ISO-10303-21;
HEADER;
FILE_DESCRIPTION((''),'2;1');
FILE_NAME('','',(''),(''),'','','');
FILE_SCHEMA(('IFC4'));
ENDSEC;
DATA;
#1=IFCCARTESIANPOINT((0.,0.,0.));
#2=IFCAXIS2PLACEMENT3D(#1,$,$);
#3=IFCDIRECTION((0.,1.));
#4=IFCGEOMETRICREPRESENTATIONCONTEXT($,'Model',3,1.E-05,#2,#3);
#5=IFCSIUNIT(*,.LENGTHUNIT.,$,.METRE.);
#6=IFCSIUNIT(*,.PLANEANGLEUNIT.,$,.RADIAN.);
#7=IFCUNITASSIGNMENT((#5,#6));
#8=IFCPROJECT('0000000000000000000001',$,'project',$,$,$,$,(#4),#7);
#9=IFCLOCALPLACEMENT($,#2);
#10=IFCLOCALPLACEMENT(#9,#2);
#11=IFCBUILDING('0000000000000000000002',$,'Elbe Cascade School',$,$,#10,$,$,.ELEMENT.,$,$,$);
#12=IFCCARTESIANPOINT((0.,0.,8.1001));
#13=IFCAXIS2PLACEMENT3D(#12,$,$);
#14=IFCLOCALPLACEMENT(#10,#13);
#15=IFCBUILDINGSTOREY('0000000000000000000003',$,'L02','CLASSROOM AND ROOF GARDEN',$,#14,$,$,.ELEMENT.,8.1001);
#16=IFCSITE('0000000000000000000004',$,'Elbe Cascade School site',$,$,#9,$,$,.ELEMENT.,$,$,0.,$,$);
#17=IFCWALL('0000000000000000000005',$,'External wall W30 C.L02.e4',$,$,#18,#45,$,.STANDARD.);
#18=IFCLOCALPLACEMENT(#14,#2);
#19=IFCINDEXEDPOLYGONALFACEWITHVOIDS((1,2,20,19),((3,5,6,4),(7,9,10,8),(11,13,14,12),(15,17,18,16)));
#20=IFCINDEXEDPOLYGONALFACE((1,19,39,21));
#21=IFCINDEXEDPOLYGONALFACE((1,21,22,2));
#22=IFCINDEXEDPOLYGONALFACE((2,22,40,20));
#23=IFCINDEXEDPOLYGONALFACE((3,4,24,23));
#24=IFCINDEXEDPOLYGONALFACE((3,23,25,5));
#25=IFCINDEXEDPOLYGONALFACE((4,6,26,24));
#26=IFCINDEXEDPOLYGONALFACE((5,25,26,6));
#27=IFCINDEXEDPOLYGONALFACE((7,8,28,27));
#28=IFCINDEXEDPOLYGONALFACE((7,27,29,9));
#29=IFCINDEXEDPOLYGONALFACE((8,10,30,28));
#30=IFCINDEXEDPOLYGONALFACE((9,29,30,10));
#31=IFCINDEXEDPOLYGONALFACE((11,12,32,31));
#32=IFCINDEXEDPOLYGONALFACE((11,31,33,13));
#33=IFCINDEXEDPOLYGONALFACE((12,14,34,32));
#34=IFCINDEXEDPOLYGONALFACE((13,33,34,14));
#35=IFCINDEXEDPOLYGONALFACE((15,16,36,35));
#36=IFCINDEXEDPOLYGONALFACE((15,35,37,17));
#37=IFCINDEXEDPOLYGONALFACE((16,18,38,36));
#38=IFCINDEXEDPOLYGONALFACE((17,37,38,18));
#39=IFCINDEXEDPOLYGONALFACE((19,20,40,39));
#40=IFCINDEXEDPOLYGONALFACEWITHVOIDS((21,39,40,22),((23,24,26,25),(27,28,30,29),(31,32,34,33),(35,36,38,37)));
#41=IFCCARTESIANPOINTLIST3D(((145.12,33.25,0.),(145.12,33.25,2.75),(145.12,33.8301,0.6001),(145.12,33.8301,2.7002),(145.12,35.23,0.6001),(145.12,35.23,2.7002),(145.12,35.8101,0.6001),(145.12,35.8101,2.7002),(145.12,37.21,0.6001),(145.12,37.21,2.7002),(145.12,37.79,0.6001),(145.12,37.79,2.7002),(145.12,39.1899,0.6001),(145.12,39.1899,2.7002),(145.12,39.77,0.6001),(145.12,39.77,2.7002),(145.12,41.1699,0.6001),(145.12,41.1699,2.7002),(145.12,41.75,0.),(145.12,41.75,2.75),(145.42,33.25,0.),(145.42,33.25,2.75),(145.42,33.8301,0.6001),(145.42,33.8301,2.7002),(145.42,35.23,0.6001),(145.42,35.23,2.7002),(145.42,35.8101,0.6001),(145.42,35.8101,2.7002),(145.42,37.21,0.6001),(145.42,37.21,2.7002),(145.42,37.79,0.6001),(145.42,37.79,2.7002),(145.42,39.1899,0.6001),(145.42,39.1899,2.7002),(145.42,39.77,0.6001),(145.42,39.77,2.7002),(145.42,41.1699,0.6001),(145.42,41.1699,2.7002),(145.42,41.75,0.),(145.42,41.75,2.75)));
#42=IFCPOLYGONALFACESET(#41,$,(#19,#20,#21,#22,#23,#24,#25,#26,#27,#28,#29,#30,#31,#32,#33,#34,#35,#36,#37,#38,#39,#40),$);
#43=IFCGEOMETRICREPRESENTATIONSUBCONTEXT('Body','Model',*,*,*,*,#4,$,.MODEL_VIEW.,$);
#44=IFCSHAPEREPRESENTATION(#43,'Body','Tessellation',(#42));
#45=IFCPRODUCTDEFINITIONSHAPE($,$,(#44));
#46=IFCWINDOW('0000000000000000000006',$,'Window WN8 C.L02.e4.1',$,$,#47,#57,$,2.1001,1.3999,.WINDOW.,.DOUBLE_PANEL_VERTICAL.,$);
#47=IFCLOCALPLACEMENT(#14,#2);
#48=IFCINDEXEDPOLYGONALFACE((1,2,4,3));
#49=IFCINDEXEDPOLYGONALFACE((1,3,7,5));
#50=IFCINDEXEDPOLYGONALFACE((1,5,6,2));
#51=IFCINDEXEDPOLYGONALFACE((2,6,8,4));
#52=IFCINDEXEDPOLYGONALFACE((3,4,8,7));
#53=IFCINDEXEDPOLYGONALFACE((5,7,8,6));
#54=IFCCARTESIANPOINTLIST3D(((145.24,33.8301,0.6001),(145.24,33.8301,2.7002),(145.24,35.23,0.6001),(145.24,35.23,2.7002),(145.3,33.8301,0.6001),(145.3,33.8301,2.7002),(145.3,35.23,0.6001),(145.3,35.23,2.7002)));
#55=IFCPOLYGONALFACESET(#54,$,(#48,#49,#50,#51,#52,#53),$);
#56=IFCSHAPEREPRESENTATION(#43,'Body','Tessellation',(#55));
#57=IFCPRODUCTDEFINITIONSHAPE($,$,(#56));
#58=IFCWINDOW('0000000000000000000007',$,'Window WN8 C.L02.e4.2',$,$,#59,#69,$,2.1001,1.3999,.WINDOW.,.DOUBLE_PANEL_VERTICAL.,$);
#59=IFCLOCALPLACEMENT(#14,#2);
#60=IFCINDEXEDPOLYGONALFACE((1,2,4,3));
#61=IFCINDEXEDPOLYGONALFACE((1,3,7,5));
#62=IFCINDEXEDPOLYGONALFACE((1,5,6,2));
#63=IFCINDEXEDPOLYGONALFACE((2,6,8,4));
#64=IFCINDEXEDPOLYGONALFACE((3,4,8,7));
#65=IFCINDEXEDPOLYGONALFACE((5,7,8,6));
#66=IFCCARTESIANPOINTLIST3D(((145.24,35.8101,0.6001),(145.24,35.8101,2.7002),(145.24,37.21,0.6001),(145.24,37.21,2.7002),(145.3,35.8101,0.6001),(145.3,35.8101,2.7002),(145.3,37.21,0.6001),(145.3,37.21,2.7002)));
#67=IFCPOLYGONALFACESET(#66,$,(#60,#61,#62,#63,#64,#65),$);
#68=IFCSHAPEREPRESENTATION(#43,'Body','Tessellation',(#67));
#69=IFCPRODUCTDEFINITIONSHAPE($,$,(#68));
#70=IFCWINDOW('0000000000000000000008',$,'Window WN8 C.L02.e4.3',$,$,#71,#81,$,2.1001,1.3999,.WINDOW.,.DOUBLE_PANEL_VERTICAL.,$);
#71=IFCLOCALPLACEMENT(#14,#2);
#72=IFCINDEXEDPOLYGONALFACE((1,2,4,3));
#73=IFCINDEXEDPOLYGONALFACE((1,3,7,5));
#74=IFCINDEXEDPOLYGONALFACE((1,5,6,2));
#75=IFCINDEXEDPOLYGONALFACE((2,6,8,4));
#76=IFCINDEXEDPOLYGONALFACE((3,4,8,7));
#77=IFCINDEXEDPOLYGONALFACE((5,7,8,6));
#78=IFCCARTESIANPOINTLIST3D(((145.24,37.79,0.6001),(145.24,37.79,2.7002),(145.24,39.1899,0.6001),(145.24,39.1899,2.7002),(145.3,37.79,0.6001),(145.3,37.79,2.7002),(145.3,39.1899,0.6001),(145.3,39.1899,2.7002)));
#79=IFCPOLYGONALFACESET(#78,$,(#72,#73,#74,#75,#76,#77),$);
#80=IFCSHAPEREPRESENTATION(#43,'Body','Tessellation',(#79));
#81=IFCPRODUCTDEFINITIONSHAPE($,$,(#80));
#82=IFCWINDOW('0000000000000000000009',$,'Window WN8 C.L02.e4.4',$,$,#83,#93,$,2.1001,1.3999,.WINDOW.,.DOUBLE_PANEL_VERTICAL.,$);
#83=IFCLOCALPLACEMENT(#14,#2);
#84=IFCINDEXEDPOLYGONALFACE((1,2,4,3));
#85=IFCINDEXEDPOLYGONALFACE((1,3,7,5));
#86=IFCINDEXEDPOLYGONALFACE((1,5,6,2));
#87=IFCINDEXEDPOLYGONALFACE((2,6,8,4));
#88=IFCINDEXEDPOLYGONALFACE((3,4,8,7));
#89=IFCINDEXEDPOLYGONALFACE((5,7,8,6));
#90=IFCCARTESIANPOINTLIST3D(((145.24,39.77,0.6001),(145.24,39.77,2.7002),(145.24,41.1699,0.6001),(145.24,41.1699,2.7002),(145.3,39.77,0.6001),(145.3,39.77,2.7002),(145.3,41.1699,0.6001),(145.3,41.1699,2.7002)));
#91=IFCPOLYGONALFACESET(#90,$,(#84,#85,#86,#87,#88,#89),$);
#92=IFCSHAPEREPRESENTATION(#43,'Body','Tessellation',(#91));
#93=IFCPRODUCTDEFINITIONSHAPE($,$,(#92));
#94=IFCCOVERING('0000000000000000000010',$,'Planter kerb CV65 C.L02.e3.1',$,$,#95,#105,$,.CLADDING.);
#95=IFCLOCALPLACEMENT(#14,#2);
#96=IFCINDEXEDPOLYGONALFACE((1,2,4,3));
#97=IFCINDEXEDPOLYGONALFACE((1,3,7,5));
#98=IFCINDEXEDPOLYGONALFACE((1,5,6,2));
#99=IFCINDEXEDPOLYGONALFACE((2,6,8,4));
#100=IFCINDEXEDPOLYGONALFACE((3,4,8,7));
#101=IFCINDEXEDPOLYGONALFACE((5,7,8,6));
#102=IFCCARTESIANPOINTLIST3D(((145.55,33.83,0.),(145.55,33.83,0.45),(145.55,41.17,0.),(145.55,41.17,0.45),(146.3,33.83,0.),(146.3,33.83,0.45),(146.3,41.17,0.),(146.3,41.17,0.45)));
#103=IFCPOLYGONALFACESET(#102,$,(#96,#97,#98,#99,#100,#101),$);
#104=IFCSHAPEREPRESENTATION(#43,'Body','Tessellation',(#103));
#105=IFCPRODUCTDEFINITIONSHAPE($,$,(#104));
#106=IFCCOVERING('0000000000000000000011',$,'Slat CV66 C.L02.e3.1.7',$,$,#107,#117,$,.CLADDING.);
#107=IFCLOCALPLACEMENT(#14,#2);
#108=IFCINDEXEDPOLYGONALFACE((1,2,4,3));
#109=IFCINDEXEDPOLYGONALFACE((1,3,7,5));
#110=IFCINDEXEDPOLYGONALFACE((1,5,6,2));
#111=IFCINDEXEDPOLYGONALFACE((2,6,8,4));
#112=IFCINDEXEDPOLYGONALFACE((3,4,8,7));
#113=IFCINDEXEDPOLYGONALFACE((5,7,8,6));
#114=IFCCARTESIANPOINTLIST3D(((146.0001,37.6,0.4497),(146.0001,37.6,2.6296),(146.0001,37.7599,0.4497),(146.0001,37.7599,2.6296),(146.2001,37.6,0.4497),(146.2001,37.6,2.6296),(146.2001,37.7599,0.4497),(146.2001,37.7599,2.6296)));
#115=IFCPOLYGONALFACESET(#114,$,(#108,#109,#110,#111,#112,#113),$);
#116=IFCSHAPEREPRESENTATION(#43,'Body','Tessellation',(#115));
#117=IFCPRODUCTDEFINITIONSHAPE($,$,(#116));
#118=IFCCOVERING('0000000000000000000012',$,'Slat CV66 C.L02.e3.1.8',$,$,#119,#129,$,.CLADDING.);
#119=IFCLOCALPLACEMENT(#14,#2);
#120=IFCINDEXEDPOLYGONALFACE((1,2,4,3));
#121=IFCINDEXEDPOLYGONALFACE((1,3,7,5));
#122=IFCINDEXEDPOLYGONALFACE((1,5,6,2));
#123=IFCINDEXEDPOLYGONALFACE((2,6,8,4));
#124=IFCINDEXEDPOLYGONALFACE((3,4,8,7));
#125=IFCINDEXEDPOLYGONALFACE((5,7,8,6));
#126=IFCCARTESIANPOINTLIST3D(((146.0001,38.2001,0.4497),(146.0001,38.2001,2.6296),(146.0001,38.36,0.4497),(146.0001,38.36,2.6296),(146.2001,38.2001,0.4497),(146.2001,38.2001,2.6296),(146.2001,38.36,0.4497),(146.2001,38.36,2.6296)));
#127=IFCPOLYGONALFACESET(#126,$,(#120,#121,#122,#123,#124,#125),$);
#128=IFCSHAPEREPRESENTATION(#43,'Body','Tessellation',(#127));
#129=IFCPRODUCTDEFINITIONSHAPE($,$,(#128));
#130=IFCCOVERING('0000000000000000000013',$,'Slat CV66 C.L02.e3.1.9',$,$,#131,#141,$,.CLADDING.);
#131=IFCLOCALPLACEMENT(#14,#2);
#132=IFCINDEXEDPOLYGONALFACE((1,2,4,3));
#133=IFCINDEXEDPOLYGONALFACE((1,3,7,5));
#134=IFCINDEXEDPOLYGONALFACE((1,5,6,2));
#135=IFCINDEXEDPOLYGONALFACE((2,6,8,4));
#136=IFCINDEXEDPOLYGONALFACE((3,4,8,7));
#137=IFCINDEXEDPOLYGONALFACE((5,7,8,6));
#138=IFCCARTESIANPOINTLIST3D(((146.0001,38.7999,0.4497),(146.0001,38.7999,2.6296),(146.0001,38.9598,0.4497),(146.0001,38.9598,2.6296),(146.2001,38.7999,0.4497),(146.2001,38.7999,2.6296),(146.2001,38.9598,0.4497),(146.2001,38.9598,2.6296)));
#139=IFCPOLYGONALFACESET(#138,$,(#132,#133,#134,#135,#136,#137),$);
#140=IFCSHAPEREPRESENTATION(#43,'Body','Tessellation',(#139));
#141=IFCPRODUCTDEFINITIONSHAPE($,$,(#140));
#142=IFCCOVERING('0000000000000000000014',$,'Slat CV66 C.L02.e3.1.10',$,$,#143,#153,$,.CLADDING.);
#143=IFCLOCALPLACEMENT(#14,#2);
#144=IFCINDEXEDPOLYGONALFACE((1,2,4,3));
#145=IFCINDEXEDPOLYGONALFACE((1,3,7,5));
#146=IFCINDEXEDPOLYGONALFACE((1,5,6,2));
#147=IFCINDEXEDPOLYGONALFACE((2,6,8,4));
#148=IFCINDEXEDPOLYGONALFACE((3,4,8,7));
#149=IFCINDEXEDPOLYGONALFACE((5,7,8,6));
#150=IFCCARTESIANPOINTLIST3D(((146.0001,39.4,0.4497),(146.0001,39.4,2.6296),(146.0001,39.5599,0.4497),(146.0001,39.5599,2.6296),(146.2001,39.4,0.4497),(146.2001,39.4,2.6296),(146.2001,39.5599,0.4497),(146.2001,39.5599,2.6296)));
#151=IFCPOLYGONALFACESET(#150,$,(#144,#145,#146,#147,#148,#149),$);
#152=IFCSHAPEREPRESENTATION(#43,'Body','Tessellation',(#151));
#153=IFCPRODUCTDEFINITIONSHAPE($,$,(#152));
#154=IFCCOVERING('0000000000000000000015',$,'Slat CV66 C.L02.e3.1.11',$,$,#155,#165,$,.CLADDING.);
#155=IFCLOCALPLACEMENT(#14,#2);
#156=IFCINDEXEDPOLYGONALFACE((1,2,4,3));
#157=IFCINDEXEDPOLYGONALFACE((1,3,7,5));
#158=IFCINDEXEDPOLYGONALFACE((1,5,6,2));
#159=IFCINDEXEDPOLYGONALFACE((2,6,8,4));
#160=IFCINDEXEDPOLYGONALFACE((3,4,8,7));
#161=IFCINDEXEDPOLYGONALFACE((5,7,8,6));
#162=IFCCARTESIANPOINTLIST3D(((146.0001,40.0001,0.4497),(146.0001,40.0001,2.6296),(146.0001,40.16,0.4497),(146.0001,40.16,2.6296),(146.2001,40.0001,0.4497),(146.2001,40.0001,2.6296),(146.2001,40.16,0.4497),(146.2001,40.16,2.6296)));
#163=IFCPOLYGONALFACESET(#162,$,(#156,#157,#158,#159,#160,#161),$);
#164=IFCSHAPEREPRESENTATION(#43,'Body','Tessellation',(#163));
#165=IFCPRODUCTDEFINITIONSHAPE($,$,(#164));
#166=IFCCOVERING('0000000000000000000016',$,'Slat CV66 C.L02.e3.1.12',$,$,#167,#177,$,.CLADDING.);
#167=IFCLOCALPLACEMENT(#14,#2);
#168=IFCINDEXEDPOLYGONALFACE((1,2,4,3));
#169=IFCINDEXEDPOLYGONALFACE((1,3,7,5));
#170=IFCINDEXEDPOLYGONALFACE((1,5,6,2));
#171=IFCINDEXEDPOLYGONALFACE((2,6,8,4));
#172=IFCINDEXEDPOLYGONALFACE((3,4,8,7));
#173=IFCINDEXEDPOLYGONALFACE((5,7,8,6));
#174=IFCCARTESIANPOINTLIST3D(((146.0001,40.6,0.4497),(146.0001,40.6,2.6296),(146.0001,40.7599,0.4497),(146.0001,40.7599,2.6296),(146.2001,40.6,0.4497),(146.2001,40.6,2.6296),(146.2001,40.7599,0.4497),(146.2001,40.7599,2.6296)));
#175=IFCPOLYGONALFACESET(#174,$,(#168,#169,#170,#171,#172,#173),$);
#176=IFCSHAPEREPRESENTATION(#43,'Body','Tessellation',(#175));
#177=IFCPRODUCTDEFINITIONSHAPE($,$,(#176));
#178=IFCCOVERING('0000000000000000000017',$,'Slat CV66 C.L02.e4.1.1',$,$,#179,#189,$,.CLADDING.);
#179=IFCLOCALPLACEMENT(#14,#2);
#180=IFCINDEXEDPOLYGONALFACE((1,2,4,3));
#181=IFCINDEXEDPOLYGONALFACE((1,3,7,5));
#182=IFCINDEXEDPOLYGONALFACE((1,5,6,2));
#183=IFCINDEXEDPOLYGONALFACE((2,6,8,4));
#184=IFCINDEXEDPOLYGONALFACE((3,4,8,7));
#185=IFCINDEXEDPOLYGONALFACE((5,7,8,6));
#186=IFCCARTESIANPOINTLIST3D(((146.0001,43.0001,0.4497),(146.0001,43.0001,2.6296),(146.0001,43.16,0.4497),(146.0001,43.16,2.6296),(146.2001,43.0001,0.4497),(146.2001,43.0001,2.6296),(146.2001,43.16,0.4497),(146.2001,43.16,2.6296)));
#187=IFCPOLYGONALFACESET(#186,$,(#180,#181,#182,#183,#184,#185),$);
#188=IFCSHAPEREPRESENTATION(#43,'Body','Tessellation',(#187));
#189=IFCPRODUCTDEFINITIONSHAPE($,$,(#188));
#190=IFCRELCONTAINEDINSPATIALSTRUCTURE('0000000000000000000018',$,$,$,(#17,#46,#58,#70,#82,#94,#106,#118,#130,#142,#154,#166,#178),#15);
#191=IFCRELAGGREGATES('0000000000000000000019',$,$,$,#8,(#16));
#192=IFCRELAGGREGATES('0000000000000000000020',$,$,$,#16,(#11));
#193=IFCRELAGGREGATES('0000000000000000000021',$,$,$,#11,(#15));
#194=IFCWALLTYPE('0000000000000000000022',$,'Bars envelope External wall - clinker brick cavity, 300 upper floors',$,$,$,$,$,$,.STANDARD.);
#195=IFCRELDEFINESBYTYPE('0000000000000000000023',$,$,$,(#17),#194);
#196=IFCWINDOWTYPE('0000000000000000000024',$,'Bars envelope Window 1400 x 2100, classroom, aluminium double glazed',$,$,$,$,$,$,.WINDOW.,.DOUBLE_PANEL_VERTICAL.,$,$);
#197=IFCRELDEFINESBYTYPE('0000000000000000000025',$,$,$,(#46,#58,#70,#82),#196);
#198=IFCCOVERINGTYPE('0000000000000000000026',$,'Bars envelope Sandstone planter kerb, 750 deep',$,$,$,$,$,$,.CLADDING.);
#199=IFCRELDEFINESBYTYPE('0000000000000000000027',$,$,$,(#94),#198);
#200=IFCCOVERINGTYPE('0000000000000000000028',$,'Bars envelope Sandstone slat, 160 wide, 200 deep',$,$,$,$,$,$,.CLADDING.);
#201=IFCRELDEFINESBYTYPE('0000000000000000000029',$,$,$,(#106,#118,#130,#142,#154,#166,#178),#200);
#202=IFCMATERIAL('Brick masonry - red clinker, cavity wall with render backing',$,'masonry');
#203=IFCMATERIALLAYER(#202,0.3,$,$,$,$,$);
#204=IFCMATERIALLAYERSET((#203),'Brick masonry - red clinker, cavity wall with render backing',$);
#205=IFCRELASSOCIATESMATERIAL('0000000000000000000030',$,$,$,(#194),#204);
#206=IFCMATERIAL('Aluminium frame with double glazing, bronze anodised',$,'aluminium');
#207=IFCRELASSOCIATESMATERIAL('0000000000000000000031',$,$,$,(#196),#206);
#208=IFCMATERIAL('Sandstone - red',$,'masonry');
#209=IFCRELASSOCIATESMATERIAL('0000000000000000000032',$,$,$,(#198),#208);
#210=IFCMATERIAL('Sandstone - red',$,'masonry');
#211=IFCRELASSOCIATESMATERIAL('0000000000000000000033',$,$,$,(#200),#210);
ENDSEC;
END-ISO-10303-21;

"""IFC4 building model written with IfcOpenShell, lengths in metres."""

from ifc_helpers import new_model, si_unit, direction, frame, frame_2d, origin, origin_2d, place, context, subcontext, project, spatial, rectangle, extrude, material, layer, layer_set, type_object, element, fill, save


model = new_model("IFC4")

# Units and contexts
model_context = context("Model", 3, precision=1e-05, world=origin(), true_north=direction((0.0, 1.0)))
body_context = subcontext(model_context, "Body", "Model", "MODEL_VIEW")
ifc_project = project(units=[si_unit("LENGTHUNIT", "METRE"), si_unit("PLANEANGLEUNIT", "RADIAN")], contexts=[model_context])

# Site, building, storey
site_placement = place(None, origin())
site = spatial("IfcSite", under=ifc_project, at=site_placement, Name="Elbe Cascade School site", CompositionType="ELEMENT", RefElevation=0.0)
building_placement = place(site_placement, origin())
building = spatial("IfcBuilding", under=site, at=building_placement, Name="Elbe Cascade School", CompositionType="ELEMENT")
storey_placement = place(building_placement, frame((0.0, 0.0, 8.1001)))
storey = spatial("IfcBuildingStorey", under=building, at=storey_placement, Name="L02", Description="CLASSROOM AND ROOF GARDEN", CompositionType="ELEMENT", Elevation=8.1001)

# Wall, openings, windows
ifc_material_1 = material(Name="Brick masonry - red clinker, cavity wall with render backing", Category="masonry")
ifc_layer_1 = layer(ifc_material_1, 0.3)
ifc_layer_set_1 = layer_set([ifc_layer_1], Name="Brick masonry - red clinker, cavity wall with render backing")
wall_type_1 = type_object("IfcWallType", Name="Bars envelope External wall - clinker brick cavity, 300 upper floors", PredefinedType="STANDARD", material=ifc_layer_set_1)
wall_1_placement = place(storey_placement, frame((145.27, 41.75, 0.0), z_axis=(0.0, 0.0, 1.0), x_axis=(0.0, -1.0, 0.0)))
wall_1 = element("IfcWall", 1, at=wall_1_placement, inside=storey, type_object=wall_type_1, Name="External wall W30 C.L02.e4", PredefinedType="STANDARD", context=body_context, shape_type="SweptSolid", body=[
    extrude(rectangle(XDim=8.5, YDim=0.3, at=frame_2d((4.25, 0.0))), origin(), (0.0, 0.0, 1.0), 2.75),
])
opening_1_placement = place(wall_1_placement, frame((6.52, 0.0, 0.6001)))
opening_1 = element("IfcOpeningElement", 2, at=opening_1_placement, cuts=wall_1, PredefinedType="OPENING", context=body_context, shape_type="SweptSolid", body=[
    extrude(rectangle(XDim=1.3999, YDim=2.1001, at=frame_2d((0.7, 1.05))), frame((0.0, 0.1599, 0.0), z_axis=(0.0, -1.0, 0.0), x_axis=(1.0, 0.0, 0.0)), (0.0, 0.0, 1.0), 0.3201),
])
opening_2_placement = place(wall_1_placement, frame((4.54, 0.0, 0.6001)))
opening_2 = element("IfcOpeningElement", 3, at=opening_2_placement, cuts=wall_1, PredefinedType="OPENING", context=body_context, shape_type="SweptSolid", body=[
    extrude(rectangle(XDim=1.3999, YDim=2.1001, at=frame_2d((0.7, 1.05))), frame((0.0, 0.1599, 0.0), z_axis=(0.0, -1.0, 0.0), x_axis=(1.0, 0.0, 0.0)), (0.0, 0.0, 1.0), 0.3201),
])
opening_3_placement = place(wall_1_placement, frame((2.5601, 0.0, 0.6001)))
opening_3 = element("IfcOpeningElement", 4, at=opening_3_placement, cuts=wall_1, PredefinedType="OPENING", context=body_context, shape_type="SweptSolid", body=[
    extrude(rectangle(XDim=1.3999, YDim=2.1001, at=frame_2d((0.7, 1.05))), frame((0.0, 0.1599, 0.0), z_axis=(0.0, -1.0, 0.0), x_axis=(1.0, 0.0, 0.0)), (0.0, 0.0, 1.0), 0.3201),
])
opening_4_placement = place(wall_1_placement, frame((0.5801, 0.0, 0.6001)))
opening_4 = element("IfcOpeningElement", 5, at=opening_4_placement, cuts=wall_1, PredefinedType="OPENING", context=body_context, shape_type="SweptSolid", body=[
    extrude(rectangle(XDim=1.3999, YDim=2.1001, at=frame_2d((0.7, 1.05))), frame((0.0, 0.1599, 0.0), z_axis=(0.0, -1.0, 0.0), x_axis=(1.0, 0.0, 0.0)), (0.0, 0.0, 1.0), 0.3201),
])
ifc_material_2 = material(Name="Aluminium frame with double glazing, bronze anodised", Category="aluminium")
window_type = type_object("IfcWindowType", Name="Bars envelope Window 1400 x 2100, classroom, aluminium double glazed", PartitioningType="DOUBLE_PANEL_VERTICAL", PredefinedType="WINDOW", material=ifc_material_2)
window_1_placement = place(opening_1_placement, origin())
window_1 = element("IfcWindow", 6, at=window_1_placement, inside=storey, type_object=window_type, Name="Window WN8 C.L02.e4.1", OverallHeight=2.1001, OverallWidth=1.3999, PartitioningType="DOUBLE_PANEL_VERTICAL", PredefinedType="WINDOW", context=body_context, shape_type="SweptSolid", body=[
    extrude(rectangle(XDim=1.3999, YDim=2.1001, at=frame_2d((0.7, 1.05))), frame((0.0, 0.03, 0.0), z_axis=(0.0, -1.0, 0.0), x_axis=(1.0, 0.0, 0.0)), (0.0, 0.0, 1.0), 0.0601),
])
fill(opening_1, window_1)
window_2_placement = place(opening_2_placement, origin())
window_2 = element("IfcWindow", 7, at=window_2_placement, inside=storey, type_object=window_type, Name="Window WN8 C.L02.e4.2", OverallHeight=2.1001, OverallWidth=1.3999, PartitioningType="DOUBLE_PANEL_VERTICAL", PredefinedType="WINDOW", context=body_context, shape_type="SweptSolid", body=[
    extrude(rectangle(XDim=1.3999, YDim=2.1001, at=frame_2d((0.7, 1.05))), frame((0.0, 0.03, 0.0), z_axis=(0.0, -1.0, 0.0), x_axis=(1.0, 0.0, 0.0)), (0.0, 0.0, 1.0), 0.0601),
])
fill(opening_2, window_2)
window_3_placement = place(opening_3_placement, origin())
window_3 = element("IfcWindow", 8, at=window_3_placement, inside=storey, type_object=window_type, Name="Window WN8 C.L02.e4.3", OverallHeight=2.1001, OverallWidth=1.3999, PartitioningType="DOUBLE_PANEL_VERTICAL", PredefinedType="WINDOW", context=body_context, shape_type="SweptSolid", body=[
    extrude(rectangle(XDim=1.3999, YDim=2.1001, at=frame_2d((0.7, 1.05))), frame((0.0, 0.03, 0.0), z_axis=(0.0, -1.0, 0.0), x_axis=(1.0, 0.0, 0.0)), (0.0, 0.0, 1.0), 0.0601),
])
fill(opening_3, window_3)
window_4_placement = place(opening_4_placement, origin())
window_4 = element("IfcWindow", 9, at=window_4_placement, inside=storey, type_object=window_type, Name="Window WN8 C.L02.e4.4", OverallHeight=2.1001, OverallWidth=1.3999, PartitioningType="DOUBLE_PANEL_VERTICAL", PredefinedType="WINDOW", context=body_context, shape_type="SweptSolid", body=[
    extrude(rectangle(XDim=1.3999, YDim=2.1001, at=frame_2d((0.7, 1.05))), frame((0.0, 0.03, 0.0), z_axis=(0.0, -1.0, 0.0), x_axis=(1.0, 0.0, 0.0)), (0.0, 0.0, 1.0), 0.0601),
])
fill(opening_4, window_4)

# Coverings
ifc_material_3 = material(Name="Sandstone - red", Category="masonry")
covering_type_1 = type_object("IfcCoveringType", Name="Bars envelope Sandstone planter kerb, 750 deep", PredefinedType="CLADDING", material=ifc_material_3)
covering_placement = place(storey_placement, frame((145.925, 37.5, 0.0), z_axis=(0.0, 0.0, 1.0), x_axis=(0.0, 1.0, 0.0)))
element("IfcCovering", 10, at=covering_placement, inside=storey, type_object=covering_type_1, Name="Planter kerb CV65 C.L02.e3.1", PredefinedType="CLADDING", context=body_context, shape_type="SweptSolid", body=[
    extrude(rectangle(XDim=7.3401, YDim=0.75, at=origin_2d()), origin(), (0.0, 0.0, 1.0), 0.45),
])
ifc_material_4 = material(Name="Sandstone - red", Category="masonry")
covering_type_2 = type_object("IfcCoveringType", Name="Bars envelope Sandstone slat, 160 wide, 200 deep", PredefinedType="CLADDING", material=ifc_material_4)
for number, where, z_axis, x_axis, name in (
    (11, (146.1001, 37.6799, 0.4497), (0.0, 0.0, 1.0), (0.0, 1.0, 0.0), "Slat CV66 C.L02.e3.1.7"),
    (12, (146.1001, 38.28, 0.4497), (0.0, 0.0, 1.0), (0.0, 1.0, 0.0), "Slat CV66 C.L02.e3.1.8"),
    (13, (146.1001, 38.8799, 0.4497), (0.0, 0.0, 1.0), (0.0, 1.0, 0.0), "Slat CV66 C.L02.e3.1.9"),
    (14, (146.1001, 39.48, 0.4497), (0.0, 0.0, 1.0), (0.0, 1.0, 0.0), "Slat CV66 C.L02.e3.1.10"),
    (15, (146.1001, 40.0801, 0.4497), (0.0, 0.0, 1.0), (0.0, 1.0, 0.0), "Slat CV66 C.L02.e3.1.11"),
    (16, (146.1001, 40.6799, 0.4497), (0.0, 0.0, 1.0), (0.0, 1.0, 0.0), "Slat CV66 C.L02.e3.1.12"),
    (17, (146.1001, 43.0801, 0.4497), (0.0, 0.0, 1.0), (0.0, 1.0, 0.0), "Slat CV66 C.L02.e4.1.1"),
):
    element("IfcCovering", number, at=place(storey_placement, frame(where, z_axis=z_axis, x_axis=x_axis)), inside=storey, type_object=covering_type_2, Name=name, PredefinedType="CLADDING", context=body_context, shape_type="SweptSolid", body=[
        extrude(rectangle(XDim=0.1599, YDim=0.2, at=origin_2d()), origin(), (0.0, 0.0, 1.0), 2.1799),
    ])

save(model, "model.ifc")
